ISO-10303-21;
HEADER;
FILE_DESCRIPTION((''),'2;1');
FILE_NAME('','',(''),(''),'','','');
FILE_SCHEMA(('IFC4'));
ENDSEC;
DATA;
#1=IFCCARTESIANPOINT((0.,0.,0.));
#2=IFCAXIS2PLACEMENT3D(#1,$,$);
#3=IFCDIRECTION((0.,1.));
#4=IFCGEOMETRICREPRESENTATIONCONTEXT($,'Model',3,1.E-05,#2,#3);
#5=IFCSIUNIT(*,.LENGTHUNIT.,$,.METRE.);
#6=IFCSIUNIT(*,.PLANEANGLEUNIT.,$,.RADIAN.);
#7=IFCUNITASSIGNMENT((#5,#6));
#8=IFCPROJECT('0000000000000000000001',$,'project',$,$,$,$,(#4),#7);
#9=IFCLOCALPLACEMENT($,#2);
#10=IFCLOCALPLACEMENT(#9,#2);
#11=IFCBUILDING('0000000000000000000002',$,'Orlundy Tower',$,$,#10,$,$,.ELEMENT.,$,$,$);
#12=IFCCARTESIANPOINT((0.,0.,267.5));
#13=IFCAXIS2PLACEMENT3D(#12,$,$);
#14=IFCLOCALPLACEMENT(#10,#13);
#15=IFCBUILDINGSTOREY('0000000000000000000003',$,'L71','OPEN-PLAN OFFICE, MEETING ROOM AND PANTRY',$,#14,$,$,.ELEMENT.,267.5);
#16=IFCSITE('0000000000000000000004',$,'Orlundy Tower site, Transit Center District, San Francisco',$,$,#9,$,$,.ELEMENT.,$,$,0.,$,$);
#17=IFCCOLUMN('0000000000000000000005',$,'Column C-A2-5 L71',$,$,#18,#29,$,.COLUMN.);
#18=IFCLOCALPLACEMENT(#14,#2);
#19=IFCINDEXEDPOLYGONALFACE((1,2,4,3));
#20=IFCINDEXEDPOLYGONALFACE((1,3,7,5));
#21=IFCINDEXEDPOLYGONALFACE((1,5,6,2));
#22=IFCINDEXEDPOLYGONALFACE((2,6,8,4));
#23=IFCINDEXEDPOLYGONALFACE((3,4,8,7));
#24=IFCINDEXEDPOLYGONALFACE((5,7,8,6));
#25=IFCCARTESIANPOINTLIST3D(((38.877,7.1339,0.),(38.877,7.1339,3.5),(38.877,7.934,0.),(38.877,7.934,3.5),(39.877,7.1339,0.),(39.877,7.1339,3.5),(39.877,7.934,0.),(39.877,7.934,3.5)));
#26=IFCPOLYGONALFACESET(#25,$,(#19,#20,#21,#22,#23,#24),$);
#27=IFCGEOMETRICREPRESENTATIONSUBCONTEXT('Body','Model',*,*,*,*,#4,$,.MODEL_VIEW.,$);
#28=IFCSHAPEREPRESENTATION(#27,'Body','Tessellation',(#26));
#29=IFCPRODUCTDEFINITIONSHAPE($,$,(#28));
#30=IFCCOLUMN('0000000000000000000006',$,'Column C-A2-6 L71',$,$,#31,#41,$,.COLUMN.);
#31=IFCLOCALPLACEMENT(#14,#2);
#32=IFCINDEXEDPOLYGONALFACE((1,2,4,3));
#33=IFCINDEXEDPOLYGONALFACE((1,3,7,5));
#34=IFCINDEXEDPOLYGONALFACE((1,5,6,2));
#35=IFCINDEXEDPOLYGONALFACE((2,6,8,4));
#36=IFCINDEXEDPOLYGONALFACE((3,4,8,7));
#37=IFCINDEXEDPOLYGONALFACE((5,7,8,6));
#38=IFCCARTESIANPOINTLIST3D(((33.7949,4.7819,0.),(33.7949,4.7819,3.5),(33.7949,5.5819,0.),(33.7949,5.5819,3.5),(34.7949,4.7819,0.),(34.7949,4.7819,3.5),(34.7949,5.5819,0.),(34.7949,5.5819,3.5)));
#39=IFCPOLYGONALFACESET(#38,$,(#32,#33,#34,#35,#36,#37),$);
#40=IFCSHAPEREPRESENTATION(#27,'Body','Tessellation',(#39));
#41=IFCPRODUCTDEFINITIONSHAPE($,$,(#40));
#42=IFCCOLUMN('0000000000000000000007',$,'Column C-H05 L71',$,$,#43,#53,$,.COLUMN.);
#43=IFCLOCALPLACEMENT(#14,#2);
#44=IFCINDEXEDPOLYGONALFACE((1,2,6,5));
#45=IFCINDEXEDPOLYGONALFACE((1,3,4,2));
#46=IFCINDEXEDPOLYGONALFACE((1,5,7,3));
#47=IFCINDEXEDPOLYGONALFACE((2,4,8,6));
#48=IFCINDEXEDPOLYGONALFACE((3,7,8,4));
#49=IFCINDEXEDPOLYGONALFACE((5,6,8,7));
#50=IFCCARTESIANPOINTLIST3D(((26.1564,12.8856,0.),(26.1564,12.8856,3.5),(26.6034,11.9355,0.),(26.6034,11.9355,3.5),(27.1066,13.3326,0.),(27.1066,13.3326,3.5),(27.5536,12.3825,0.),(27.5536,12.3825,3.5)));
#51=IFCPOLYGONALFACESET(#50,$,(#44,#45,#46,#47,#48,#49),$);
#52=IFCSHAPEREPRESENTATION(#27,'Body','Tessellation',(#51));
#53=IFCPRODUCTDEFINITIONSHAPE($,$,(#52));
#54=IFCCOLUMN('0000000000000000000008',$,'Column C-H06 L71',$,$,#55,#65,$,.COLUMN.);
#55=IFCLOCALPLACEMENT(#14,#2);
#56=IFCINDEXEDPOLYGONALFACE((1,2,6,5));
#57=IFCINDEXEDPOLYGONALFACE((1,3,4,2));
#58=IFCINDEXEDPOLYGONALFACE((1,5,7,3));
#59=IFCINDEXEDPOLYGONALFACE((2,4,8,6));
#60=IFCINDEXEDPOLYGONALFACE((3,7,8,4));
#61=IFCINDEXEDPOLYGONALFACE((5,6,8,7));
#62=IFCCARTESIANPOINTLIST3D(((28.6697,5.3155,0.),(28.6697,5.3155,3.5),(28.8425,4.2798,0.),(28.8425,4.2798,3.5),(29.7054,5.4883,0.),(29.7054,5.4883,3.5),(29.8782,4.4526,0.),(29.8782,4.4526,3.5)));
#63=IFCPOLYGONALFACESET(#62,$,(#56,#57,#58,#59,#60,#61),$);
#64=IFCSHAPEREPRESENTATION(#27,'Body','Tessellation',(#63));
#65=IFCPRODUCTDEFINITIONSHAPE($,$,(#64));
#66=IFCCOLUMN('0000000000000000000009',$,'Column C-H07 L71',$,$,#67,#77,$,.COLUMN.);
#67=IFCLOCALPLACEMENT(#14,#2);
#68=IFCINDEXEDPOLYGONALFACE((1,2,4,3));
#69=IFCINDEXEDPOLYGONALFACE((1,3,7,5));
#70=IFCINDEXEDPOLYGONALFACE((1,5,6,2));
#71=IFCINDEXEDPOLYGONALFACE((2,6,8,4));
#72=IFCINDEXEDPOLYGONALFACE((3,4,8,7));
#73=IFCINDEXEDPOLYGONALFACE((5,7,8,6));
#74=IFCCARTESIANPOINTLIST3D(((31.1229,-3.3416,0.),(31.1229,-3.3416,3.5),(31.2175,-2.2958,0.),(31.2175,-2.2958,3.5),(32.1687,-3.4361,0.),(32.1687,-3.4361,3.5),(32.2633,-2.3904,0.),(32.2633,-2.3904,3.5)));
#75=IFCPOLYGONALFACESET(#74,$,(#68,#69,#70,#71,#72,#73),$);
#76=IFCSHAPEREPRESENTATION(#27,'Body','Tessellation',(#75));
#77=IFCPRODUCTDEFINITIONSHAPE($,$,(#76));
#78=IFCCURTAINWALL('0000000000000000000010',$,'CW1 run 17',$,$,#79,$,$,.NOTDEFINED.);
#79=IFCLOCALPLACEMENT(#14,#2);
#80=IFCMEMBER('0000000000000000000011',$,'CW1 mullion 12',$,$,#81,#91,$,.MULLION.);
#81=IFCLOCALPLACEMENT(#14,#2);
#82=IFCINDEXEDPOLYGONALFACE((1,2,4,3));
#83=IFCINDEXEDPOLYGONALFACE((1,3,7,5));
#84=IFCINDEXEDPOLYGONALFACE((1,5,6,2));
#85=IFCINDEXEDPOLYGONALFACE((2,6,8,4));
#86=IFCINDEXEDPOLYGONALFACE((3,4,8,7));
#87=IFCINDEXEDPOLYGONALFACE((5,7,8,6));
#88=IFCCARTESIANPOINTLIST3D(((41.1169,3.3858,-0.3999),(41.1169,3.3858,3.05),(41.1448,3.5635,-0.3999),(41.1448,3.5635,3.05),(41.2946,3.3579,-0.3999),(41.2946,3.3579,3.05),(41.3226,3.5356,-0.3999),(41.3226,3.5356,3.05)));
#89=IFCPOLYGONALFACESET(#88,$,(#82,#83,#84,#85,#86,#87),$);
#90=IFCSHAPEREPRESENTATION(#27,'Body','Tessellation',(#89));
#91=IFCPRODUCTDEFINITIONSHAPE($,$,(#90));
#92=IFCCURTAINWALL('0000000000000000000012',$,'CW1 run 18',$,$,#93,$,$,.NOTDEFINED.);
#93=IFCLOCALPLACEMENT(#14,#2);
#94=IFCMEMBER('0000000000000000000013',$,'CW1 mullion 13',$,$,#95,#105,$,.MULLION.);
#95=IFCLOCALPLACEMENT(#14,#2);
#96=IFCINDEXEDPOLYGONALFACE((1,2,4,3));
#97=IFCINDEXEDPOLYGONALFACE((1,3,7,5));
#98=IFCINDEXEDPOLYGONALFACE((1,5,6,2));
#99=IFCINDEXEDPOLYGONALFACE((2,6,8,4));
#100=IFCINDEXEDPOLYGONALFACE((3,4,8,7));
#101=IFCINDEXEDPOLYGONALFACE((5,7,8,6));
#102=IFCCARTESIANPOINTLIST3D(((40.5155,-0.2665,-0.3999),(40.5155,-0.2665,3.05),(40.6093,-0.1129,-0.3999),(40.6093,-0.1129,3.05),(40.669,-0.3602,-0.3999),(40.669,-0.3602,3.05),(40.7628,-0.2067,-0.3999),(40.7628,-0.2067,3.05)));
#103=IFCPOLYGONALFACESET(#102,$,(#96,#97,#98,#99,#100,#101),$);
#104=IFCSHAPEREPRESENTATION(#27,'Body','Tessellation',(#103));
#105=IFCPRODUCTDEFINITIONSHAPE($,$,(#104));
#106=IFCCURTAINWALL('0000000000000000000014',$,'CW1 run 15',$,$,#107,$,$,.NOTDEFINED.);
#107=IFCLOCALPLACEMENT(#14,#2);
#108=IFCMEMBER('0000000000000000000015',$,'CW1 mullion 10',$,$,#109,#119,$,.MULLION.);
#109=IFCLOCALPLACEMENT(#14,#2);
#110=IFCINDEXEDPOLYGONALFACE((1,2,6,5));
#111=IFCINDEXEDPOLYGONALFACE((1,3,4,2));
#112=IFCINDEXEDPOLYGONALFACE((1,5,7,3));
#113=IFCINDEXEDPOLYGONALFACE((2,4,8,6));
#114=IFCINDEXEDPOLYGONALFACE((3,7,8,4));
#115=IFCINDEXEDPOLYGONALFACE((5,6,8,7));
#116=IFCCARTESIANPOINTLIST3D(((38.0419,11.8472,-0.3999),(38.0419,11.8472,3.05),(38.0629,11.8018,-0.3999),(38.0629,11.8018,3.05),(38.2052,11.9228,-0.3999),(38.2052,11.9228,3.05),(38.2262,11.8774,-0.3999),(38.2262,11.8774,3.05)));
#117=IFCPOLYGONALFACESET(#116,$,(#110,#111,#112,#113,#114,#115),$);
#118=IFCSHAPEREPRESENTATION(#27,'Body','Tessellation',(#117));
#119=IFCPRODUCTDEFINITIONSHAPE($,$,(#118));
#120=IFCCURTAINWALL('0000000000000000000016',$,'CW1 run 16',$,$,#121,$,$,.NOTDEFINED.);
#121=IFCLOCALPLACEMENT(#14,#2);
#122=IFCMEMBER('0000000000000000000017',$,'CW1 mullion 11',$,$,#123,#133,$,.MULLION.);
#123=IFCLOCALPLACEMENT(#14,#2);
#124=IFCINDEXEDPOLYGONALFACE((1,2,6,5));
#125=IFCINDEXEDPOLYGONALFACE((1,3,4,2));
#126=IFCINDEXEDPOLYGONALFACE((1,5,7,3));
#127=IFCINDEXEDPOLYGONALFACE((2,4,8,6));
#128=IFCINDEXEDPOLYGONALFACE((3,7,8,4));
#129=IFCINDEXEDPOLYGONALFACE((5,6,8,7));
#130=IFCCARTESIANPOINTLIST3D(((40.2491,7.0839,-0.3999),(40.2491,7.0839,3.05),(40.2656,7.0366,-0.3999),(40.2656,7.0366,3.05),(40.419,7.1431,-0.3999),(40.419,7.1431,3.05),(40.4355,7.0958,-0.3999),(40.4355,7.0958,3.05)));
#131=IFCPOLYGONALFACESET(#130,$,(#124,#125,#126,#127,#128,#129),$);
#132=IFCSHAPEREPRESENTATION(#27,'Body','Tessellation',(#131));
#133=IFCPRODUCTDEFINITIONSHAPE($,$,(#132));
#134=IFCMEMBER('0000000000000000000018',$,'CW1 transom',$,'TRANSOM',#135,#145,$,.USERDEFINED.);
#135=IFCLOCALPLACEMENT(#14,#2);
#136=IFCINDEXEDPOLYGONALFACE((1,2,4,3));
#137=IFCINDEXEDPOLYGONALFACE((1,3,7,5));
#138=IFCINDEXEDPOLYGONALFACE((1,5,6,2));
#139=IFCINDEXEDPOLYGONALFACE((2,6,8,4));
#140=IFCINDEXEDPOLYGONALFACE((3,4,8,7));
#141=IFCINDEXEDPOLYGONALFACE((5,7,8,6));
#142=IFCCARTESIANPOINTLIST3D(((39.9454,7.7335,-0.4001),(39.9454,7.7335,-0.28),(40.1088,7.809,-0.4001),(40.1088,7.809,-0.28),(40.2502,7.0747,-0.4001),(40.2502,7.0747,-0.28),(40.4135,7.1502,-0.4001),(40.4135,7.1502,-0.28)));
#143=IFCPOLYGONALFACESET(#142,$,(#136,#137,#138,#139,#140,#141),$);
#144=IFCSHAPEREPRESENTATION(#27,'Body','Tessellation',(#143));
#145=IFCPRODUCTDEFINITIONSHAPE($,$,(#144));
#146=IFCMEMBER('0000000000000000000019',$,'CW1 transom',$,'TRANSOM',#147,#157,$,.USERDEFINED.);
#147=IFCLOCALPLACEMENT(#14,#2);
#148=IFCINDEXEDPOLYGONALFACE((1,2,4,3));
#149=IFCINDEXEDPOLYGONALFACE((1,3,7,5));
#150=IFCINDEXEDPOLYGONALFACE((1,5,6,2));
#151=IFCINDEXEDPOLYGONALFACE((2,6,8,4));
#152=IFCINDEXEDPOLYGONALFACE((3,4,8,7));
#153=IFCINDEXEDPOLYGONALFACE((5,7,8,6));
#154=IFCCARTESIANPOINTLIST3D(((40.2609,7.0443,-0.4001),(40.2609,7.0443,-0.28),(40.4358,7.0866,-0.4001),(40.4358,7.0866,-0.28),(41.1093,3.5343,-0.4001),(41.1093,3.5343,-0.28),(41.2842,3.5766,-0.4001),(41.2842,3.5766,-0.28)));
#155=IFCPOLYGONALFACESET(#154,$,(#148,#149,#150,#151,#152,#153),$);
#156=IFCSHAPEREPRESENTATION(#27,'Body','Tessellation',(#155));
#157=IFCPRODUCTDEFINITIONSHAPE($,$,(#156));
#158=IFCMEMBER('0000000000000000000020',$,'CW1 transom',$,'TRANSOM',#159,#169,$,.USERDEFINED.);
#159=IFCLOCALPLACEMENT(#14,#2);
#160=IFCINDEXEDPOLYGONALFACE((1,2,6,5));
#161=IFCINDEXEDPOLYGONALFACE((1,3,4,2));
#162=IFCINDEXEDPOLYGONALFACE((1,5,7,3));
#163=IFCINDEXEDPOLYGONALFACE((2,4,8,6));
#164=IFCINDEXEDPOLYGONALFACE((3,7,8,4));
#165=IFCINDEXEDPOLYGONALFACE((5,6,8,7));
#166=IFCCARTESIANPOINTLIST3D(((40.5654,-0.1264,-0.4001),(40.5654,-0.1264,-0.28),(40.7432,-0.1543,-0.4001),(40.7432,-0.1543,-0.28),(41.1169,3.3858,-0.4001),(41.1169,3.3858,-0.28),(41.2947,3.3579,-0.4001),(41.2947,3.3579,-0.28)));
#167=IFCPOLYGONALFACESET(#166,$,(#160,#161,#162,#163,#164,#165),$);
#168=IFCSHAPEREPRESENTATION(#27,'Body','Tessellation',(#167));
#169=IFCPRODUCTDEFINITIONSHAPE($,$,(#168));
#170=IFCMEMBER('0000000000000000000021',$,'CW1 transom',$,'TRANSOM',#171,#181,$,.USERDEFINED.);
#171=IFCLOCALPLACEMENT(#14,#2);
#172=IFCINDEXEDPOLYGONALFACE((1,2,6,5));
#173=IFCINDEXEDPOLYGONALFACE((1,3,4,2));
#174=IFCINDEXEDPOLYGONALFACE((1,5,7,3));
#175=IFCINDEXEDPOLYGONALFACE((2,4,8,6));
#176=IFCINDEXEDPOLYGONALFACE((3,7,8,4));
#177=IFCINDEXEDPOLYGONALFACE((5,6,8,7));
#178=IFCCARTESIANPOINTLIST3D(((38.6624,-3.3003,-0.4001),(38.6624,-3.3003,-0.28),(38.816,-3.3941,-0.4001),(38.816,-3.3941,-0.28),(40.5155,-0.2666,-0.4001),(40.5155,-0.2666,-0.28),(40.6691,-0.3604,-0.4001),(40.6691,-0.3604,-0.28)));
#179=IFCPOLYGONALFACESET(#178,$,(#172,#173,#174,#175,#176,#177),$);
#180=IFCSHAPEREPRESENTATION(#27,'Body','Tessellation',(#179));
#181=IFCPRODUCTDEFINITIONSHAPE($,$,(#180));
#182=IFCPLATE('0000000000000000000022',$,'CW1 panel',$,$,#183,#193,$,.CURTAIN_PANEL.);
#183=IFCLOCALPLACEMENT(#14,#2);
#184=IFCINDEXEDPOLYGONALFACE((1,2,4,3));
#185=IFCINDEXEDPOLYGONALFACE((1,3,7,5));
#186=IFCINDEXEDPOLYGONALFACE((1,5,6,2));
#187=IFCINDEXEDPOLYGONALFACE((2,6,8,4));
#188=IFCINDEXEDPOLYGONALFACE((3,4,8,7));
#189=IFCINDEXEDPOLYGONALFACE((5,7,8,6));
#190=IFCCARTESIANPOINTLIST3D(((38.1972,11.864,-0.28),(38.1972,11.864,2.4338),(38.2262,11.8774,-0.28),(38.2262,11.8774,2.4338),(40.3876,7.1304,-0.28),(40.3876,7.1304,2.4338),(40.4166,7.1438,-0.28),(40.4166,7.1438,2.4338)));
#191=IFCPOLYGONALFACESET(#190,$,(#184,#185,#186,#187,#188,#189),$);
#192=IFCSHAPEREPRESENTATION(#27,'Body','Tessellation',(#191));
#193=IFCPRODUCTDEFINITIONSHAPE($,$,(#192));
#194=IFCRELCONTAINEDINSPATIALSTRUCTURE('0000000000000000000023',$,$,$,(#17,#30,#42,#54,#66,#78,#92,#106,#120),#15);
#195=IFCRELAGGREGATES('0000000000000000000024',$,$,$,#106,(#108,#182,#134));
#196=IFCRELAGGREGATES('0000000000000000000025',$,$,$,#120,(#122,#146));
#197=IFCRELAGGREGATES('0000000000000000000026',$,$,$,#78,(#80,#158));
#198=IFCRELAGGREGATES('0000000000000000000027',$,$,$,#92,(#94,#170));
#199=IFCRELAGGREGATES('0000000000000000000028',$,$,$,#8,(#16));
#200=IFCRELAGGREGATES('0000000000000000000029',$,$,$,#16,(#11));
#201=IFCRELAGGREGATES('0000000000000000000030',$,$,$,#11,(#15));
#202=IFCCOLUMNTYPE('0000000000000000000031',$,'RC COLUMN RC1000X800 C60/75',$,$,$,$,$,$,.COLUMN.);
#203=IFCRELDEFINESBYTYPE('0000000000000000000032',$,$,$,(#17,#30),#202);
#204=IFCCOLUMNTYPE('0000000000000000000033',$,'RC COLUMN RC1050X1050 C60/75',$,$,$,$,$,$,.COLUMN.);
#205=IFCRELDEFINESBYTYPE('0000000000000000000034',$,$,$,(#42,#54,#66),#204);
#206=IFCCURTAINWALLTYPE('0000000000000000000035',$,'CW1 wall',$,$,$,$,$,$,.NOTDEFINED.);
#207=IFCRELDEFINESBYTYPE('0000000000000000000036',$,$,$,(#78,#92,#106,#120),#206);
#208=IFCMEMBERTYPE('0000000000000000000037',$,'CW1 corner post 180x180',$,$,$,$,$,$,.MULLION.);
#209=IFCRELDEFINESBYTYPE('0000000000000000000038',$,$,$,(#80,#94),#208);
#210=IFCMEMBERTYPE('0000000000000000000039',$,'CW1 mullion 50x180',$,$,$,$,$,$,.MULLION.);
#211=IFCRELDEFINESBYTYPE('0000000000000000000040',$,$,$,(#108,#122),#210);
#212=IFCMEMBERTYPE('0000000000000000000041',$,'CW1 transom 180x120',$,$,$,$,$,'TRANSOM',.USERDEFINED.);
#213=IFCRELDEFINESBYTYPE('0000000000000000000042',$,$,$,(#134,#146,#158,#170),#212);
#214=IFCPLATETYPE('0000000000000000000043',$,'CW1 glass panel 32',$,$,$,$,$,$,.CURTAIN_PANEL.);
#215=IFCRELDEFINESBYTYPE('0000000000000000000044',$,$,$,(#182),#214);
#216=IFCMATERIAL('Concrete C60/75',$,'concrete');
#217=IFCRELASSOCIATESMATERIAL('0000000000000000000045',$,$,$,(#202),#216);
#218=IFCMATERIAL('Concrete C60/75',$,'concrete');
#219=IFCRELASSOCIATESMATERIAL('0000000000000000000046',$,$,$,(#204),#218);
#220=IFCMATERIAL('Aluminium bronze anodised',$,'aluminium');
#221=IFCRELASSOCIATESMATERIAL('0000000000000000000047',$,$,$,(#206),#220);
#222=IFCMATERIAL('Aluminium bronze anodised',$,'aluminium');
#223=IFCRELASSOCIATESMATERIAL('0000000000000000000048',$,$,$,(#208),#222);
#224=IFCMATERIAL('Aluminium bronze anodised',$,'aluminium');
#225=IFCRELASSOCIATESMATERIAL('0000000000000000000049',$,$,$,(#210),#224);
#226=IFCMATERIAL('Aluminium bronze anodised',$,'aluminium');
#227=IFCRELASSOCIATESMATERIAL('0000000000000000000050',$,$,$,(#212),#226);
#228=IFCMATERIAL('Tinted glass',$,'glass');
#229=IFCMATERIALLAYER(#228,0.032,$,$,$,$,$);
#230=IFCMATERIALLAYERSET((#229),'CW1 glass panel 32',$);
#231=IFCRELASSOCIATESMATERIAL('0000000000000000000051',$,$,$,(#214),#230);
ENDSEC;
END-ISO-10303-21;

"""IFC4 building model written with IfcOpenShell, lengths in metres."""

from ifc_helpers import new_model, si_unit, direction, frame, origin, origin_2d, place, context, subcontext, project, spatial, rectangle, extrude, material, layer, layer_set, material_profile, profile_set, type_object, element, aggregate, save


model = new_model("IFC4")

# Units and contexts
model_context = context("Model", 3, precision=1e-05, world=origin(), true_north=direction((0.0, 1.0)))
body_context = subcontext(model_context, "Body", "Model", "MODEL_VIEW")
ifc_project = project(units=[si_unit("LENGTHUNIT", "METRE"), si_unit("PLANEANGLEUNIT", "RADIAN")], contexts=[model_context])

# Site, building, storey
site_placement = place(None, origin())
site = spatial("IfcSite", under=ifc_project, at=site_placement, Name="Orlundy Tower site, Transit Center District, San Francisco", CompositionType="ELEMENT", RefElevation=0.0)
building_placement = place(site_placement, origin())
building = spatial("IfcBuilding", under=site, at=building_placement, Name="Orlundy Tower", CompositionType="ELEMENT")
storey_placement = place(building_placement, frame((0.0, 0.0, 267.5)))
storey = spatial("IfcBuildingStorey", under=building, at=storey_placement, Name="L71", Description="OPEN-PLAN OFFICE, MEETING ROOM AND PANTRY", CompositionType="ELEMENT", Elevation=267.5)

# Columns
ifc_material_1 = material(Name="Concrete C60/75", Category="concrete")
ifc_material_profile_1 = material_profile(ifc_material_1, rectangle(XDim=1.0, YDim=0.8, at=origin_2d()), Name="RC1000X800")
ifc_profile_set_1 = profile_set([ifc_material_profile_1], Name="Concrete C60/75")
column_type_1 = type_object("IfcColumnType", Name="RC COLUMN RC1000X800 C60/75", PredefinedType="COLUMN", material=ifc_profile_set_1)
for number, where, z_axis, x_axis, name in (
    (1, (39.377, 7.5339, 0.0), (0.0, 0.0, 1.0), (1.0, 0.0, 0.0), "Column C-A2-5 L71"),
    (2, (34.2949, 5.1819, 0.0), (0.0, 0.0, 1.0), (1.0, 0.0, 0.0), "Column C-A2-6 L71"),
):
    element("IfcColumn", number, at=place(storey_placement, frame(where, z_axis=z_axis, x_axis=x_axis)), inside=storey, type_object=column_type_1, Name=name, PredefinedType="COLUMN", context=body_context, shape_type="SweptSolid", body=[
        extrude(rectangle(XDim=1.0, YDim=0.8, at=origin_2d()), origin(), (0.0, 0.0, 1.0), 3.5),
    ])
ifc_material_2 = material(Name="Concrete C60/75", Category="concrete")
ifc_material_profile_2 = material_profile(ifc_material_2, rectangle(XDim=1.05, YDim=1.05, at=origin_2d()), Name="RC1050X1050")
ifc_profile_set_2 = profile_set([ifc_material_profile_2], Name="Concrete C60/75")
column_type_2 = type_object("IfcColumnType", Name="RC COLUMN RC1050X1050 C60/75", PredefinedType="COLUMN", material=ifc_profile_set_2)
for number, where, z_axis, x_axis, name in (
    (3, (26.855, 12.634, 0.0), (0.0, 0.0, 1.0), (0.904864, 0.4257, 0.0), "Column C-H05 L71"),
    (4, (29.2739, 4.884, 0.0), (0.0, 0.0, 1.0), (0.986366, 0.164566, 0.0), "Column C-H06 L71"),
    (5, (31.6931, -2.866, 0.0), (0.0, 0.0, 1.0), (0.995936, -0.090059, 0.0), "Column C-H07 L71"),
):
    element("IfcColumn", number, at=place(storey_placement, frame(where, z_axis=z_axis, x_axis=x_axis)), inside=storey, type_object=column_type_2, Name=name, PredefinedType="COLUMN", context=body_context, shape_type="SweptSolid", body=[
        extrude(rectangle(XDim=1.05, YDim=1.05, at=origin_2d()), origin(), (0.0, 0.0, 1.0), 3.5),
    ])

# Curtain walls, members
ifc_material_3 = material(Name="Aluminium bronze anodised", Category="aluminium")
curtain_wall_type = type_object("IfcCurtainWallType", Name="CW1 wall", PredefinedType="NOTDEFINED", material=ifc_material_3)
curtain_wall_1_placement = place(storey_placement, origin())
curtain_wall_1 = element("IfcCurtainWall", 6, at=curtain_wall_1_placement, inside=storey, type_object=curtain_wall_type, Name="CW1 run 17", PredefinedType="NOTDEFINED")
ifc_material_4 = material(Name="Aluminium bronze anodised", Category="aluminium")
ifc_material_profile_3 = material_profile(ifc_material_4, rectangle(XDim=0.1799, YDim=0.1799, at=origin_2d()), Name="CW1 corner post 180x180")
ifc_profile_set_3 = profile_set([ifc_material_profile_3], Name="Aluminium bronze anodised")
member_type_1 = type_object("IfcMemberType", Name="CW1 corner post 180x180", PredefinedType="MULLION", material=ifc_profile_set_3)
member_1_placement = place(storey_placement, frame((41.2197, 3.4607, -0.3999), z_axis=(0.0, 0.0, 1.0), x_axis=(0.987896, -0.155117, 0.0)))
member_1 = element("IfcMember", 7, at=member_1_placement, type_object=member_type_1, Name="CW1 mullion 12", PredefinedType="MULLION", context=body_context, shape_type="SweptSolid", body=[
    extrude(rectangle(XDim=0.1799, YDim=0.1799, at=origin_2d()), origin(), (0.0, 0.0, 1.0), 3.45),
])
curtain_wall_2_placement = place(storey_placement, origin())
curtain_wall_2 = element("IfcCurtainWall", 8, at=curtain_wall_2_placement, inside=storey, type_object=curtain_wall_type, Name="CW1 run 18", PredefinedType="NOTDEFINED")
member_2_placement = place(storey_placement, frame((40.6392, -0.2366, -0.3999), z_axis=(0.0, 0.0, 1.0), x_axis=(0.853395, -0.521264, 0.0)))
member_2 = element("IfcMember", 9, at=member_2_placement, type_object=member_type_1, Name="CW1 mullion 13", PredefinedType="MULLION", context=body_context, shape_type="SweptSolid", body=[
    extrude(rectangle(XDim=0.1799, YDim=0.1799, at=origin_2d()), origin(), (0.0, 0.0, 1.0), 3.45),
])
curtain_wall_3_placement = place(storey_placement, origin())
curtain_wall_3 = element("IfcCurtainWall", 10, at=curtain_wall_3_placement, inside=storey, type_object=curtain_wall_type, Name="CW1 run 15", PredefinedType="NOTDEFINED")
ifc_material_5 = material(Name="Aluminium bronze anodised", Category="aluminium")
ifc_material_profile_4 = material_profile(ifc_material_5, rectangle(XDim=0.1799, YDim=0.05, at=origin_2d()), Name="CW1 mullion 50x180")
ifc_profile_set_4 = profile_set([ifc_material_profile_4], Name="Aluminium bronze anodised")
member_type_2 = type_object("IfcMemberType", Name="CW1 mullion 50x180", PredefinedType="MULLION", material=ifc_profile_set_4)
member_3_placement = place(storey_placement, frame((38.134, 11.8623, -0.3999), z_axis=(0.0, 0.0, 1.0), x_axis=(0.907542, 0.419961, 0.0)))
member_3 = element("IfcMember", 11, at=member_3_placement, type_object=member_type_2, Name="CW1 mullion 10", PredefinedType="MULLION", context=body_context, shape_type="SweptSolid", body=[
    extrude(rectangle(XDim=0.1799, YDim=0.05, at=origin_2d()), origin(), (0.0, 0.0, 1.0), 3.45),
])
curtain_wall_4_placement = place(storey_placement, origin())
curtain_wall_4 = element("IfcCurtainWall", 12, at=curtain_wall_4_placement, inside=storey, type_object=curtain_wall_type, Name="CW1 run 16", PredefinedType="NOTDEFINED")
member_4_placement = place(storey_placement, frame((40.3423, 7.0898, -0.3999), z_axis=(0.0, 0.0, 1.0), x_axis=(0.944313, 0.32905, 0.0)))
member_4 = element("IfcMember", 13, at=member_4_placement, type_object=member_type_2, Name="CW1 mullion 11", PredefinedType="MULLION", context=body_context, shape_type="SweptSolid", body=[
    extrude(rectangle(XDim=0.1799, YDim=0.05, at=origin_2d()), origin(), (0.0, 0.0, 1.0), 3.45),
])

# Members
ifc_material_6 = material(Name="Aluminium bronze anodised", Category="aluminium")
ifc_material_profile_5 = material_profile(ifc_material_6, rectangle(XDim=0.1799, YDim=0.1201, at=origin_2d()), Name="CW1 transom 180x120")
ifc_profile_set_5 = profile_set([ifc_material_profile_5], Name="Aluminium bronze anodised")
member_type_3 = type_object("IfcMemberType", Name="CW1 transom 180x120", ElementType="TRANSOM", PredefinedType="USERDEFINED", material=ifc_profile_set_5)
member_5_placement = place(storey_placement, frame((40.0271, 7.7712, -0.3401), z_axis=(0.419826, -0.907605, 0.0), x_axis=(0.907605, 0.419826, 0.0)))
member_5 = element("IfcMember", 14, at=member_5_placement, type_object=member_type_3, Name="CW1 transom", ObjectType="TRANSOM", PredefinedType="USERDEFINED", context=body_context, shape_type="SweptSolid", body=[
    extrude(rectangle(XDim=0.1799, YDim=0.1201, at=origin_2d()), origin(), (0.0, 0.0, 1.0), 0.7258),
])
member_6_placement = place(storey_placement, frame((40.3484, 7.0654, -0.3401), z_axis=(0.23494, -0.97201, 0.0), x_axis=(0.97201, 0.23494, 0.0)))
member_6 = element("IfcMember", 15, at=member_6_placement, type_object=member_type_3, Name="CW1 transom", ObjectType="TRANSOM", PredefinedType="USERDEFINED", context=body_context, shape_type="SweptSolid", body=[
    extrude(rectangle(XDim=0.1799, YDim=0.1201, at=origin_2d()), origin(), (0.0, 0.0, 1.0), 3.6111),
])
member_7_placement = place(storey_placement, frame((41.2058, 3.3718, -0.3401), z_axis=(-0.155127, -0.987895, 0.0), x_axis=(0.987895, -0.155127, 0.0)))
member_7 = element("IfcMember", 16, at=member_7_placement, type_object=member_type_3, Name="CW1 transom", ObjectType="TRANSOM", PredefinedType="USERDEFINED", context=body_context, shape_type="SweptSolid", body=[
    extrude(rectangle(XDim=0.1799, YDim=0.1201, at=origin_2d()), origin(), (0.0, 0.0, 1.0), 3.5552),
])
member_8_placement = place(storey_placement, frame((40.5923, -0.3135, -0.3401), z_axis=(-0.521267, -0.853394, 0.0), x_axis=(0.853394, -0.521267, 0.0)))
member_8 = element("IfcMember", 17, at=member_8_placement, type_object=member_type_3, Name="CW1 transom", ObjectType="TRANSOM", PredefinedType="USERDEFINED", context=body_context, shape_type="SweptSolid", body=[
    extrude(rectangle(XDim=0.1799, YDim=0.1201, at=origin_2d()), origin(), (0.0, 0.0, 1.0), 3.5549),
])

# Plate
ifc_material_7 = material(Name="Tinted glass", Category="glass")
ifc_layer_1 = layer(ifc_material_7, 0.032)
ifc_layer_set_1 = layer_set([ifc_layer_1], Name="CW1 glass panel 32")
plate_type = type_object("IfcPlateType", Name="CW1 glass panel 32", PredefinedType="CURTAIN_PANEL", material=ifc_layer_set_1)
plate_1_placement = place(storey_placement, frame((39.3069, 9.5039, -0.28), z_axis=(0.0, 0.0, 1.0), x_axis=(0.419961, -0.907542, 0.0)))
plate_1 = element("IfcPlate", 18, at=plate_1_placement, type_object=plate_type, Name="CW1 panel", PredefinedType="CURTAIN_PANEL", context=body_context, shape_type="SweptSolid", body=[
    extrude(rectangle(XDim=5.2158, YDim=0.032, at=origin_2d()), origin(), (0.0, 0.0, 1.0), 2.7139),
])
aggregate(curtain_wall_3, [member_3, plate_1, member_5])
aggregate(curtain_wall_4, [member_4, member_6])
aggregate(curtain_wall_1, [member_1, member_7])
aggregate(curtain_wall_2, [member_2, member_8])

save(model, "model.ifc")
